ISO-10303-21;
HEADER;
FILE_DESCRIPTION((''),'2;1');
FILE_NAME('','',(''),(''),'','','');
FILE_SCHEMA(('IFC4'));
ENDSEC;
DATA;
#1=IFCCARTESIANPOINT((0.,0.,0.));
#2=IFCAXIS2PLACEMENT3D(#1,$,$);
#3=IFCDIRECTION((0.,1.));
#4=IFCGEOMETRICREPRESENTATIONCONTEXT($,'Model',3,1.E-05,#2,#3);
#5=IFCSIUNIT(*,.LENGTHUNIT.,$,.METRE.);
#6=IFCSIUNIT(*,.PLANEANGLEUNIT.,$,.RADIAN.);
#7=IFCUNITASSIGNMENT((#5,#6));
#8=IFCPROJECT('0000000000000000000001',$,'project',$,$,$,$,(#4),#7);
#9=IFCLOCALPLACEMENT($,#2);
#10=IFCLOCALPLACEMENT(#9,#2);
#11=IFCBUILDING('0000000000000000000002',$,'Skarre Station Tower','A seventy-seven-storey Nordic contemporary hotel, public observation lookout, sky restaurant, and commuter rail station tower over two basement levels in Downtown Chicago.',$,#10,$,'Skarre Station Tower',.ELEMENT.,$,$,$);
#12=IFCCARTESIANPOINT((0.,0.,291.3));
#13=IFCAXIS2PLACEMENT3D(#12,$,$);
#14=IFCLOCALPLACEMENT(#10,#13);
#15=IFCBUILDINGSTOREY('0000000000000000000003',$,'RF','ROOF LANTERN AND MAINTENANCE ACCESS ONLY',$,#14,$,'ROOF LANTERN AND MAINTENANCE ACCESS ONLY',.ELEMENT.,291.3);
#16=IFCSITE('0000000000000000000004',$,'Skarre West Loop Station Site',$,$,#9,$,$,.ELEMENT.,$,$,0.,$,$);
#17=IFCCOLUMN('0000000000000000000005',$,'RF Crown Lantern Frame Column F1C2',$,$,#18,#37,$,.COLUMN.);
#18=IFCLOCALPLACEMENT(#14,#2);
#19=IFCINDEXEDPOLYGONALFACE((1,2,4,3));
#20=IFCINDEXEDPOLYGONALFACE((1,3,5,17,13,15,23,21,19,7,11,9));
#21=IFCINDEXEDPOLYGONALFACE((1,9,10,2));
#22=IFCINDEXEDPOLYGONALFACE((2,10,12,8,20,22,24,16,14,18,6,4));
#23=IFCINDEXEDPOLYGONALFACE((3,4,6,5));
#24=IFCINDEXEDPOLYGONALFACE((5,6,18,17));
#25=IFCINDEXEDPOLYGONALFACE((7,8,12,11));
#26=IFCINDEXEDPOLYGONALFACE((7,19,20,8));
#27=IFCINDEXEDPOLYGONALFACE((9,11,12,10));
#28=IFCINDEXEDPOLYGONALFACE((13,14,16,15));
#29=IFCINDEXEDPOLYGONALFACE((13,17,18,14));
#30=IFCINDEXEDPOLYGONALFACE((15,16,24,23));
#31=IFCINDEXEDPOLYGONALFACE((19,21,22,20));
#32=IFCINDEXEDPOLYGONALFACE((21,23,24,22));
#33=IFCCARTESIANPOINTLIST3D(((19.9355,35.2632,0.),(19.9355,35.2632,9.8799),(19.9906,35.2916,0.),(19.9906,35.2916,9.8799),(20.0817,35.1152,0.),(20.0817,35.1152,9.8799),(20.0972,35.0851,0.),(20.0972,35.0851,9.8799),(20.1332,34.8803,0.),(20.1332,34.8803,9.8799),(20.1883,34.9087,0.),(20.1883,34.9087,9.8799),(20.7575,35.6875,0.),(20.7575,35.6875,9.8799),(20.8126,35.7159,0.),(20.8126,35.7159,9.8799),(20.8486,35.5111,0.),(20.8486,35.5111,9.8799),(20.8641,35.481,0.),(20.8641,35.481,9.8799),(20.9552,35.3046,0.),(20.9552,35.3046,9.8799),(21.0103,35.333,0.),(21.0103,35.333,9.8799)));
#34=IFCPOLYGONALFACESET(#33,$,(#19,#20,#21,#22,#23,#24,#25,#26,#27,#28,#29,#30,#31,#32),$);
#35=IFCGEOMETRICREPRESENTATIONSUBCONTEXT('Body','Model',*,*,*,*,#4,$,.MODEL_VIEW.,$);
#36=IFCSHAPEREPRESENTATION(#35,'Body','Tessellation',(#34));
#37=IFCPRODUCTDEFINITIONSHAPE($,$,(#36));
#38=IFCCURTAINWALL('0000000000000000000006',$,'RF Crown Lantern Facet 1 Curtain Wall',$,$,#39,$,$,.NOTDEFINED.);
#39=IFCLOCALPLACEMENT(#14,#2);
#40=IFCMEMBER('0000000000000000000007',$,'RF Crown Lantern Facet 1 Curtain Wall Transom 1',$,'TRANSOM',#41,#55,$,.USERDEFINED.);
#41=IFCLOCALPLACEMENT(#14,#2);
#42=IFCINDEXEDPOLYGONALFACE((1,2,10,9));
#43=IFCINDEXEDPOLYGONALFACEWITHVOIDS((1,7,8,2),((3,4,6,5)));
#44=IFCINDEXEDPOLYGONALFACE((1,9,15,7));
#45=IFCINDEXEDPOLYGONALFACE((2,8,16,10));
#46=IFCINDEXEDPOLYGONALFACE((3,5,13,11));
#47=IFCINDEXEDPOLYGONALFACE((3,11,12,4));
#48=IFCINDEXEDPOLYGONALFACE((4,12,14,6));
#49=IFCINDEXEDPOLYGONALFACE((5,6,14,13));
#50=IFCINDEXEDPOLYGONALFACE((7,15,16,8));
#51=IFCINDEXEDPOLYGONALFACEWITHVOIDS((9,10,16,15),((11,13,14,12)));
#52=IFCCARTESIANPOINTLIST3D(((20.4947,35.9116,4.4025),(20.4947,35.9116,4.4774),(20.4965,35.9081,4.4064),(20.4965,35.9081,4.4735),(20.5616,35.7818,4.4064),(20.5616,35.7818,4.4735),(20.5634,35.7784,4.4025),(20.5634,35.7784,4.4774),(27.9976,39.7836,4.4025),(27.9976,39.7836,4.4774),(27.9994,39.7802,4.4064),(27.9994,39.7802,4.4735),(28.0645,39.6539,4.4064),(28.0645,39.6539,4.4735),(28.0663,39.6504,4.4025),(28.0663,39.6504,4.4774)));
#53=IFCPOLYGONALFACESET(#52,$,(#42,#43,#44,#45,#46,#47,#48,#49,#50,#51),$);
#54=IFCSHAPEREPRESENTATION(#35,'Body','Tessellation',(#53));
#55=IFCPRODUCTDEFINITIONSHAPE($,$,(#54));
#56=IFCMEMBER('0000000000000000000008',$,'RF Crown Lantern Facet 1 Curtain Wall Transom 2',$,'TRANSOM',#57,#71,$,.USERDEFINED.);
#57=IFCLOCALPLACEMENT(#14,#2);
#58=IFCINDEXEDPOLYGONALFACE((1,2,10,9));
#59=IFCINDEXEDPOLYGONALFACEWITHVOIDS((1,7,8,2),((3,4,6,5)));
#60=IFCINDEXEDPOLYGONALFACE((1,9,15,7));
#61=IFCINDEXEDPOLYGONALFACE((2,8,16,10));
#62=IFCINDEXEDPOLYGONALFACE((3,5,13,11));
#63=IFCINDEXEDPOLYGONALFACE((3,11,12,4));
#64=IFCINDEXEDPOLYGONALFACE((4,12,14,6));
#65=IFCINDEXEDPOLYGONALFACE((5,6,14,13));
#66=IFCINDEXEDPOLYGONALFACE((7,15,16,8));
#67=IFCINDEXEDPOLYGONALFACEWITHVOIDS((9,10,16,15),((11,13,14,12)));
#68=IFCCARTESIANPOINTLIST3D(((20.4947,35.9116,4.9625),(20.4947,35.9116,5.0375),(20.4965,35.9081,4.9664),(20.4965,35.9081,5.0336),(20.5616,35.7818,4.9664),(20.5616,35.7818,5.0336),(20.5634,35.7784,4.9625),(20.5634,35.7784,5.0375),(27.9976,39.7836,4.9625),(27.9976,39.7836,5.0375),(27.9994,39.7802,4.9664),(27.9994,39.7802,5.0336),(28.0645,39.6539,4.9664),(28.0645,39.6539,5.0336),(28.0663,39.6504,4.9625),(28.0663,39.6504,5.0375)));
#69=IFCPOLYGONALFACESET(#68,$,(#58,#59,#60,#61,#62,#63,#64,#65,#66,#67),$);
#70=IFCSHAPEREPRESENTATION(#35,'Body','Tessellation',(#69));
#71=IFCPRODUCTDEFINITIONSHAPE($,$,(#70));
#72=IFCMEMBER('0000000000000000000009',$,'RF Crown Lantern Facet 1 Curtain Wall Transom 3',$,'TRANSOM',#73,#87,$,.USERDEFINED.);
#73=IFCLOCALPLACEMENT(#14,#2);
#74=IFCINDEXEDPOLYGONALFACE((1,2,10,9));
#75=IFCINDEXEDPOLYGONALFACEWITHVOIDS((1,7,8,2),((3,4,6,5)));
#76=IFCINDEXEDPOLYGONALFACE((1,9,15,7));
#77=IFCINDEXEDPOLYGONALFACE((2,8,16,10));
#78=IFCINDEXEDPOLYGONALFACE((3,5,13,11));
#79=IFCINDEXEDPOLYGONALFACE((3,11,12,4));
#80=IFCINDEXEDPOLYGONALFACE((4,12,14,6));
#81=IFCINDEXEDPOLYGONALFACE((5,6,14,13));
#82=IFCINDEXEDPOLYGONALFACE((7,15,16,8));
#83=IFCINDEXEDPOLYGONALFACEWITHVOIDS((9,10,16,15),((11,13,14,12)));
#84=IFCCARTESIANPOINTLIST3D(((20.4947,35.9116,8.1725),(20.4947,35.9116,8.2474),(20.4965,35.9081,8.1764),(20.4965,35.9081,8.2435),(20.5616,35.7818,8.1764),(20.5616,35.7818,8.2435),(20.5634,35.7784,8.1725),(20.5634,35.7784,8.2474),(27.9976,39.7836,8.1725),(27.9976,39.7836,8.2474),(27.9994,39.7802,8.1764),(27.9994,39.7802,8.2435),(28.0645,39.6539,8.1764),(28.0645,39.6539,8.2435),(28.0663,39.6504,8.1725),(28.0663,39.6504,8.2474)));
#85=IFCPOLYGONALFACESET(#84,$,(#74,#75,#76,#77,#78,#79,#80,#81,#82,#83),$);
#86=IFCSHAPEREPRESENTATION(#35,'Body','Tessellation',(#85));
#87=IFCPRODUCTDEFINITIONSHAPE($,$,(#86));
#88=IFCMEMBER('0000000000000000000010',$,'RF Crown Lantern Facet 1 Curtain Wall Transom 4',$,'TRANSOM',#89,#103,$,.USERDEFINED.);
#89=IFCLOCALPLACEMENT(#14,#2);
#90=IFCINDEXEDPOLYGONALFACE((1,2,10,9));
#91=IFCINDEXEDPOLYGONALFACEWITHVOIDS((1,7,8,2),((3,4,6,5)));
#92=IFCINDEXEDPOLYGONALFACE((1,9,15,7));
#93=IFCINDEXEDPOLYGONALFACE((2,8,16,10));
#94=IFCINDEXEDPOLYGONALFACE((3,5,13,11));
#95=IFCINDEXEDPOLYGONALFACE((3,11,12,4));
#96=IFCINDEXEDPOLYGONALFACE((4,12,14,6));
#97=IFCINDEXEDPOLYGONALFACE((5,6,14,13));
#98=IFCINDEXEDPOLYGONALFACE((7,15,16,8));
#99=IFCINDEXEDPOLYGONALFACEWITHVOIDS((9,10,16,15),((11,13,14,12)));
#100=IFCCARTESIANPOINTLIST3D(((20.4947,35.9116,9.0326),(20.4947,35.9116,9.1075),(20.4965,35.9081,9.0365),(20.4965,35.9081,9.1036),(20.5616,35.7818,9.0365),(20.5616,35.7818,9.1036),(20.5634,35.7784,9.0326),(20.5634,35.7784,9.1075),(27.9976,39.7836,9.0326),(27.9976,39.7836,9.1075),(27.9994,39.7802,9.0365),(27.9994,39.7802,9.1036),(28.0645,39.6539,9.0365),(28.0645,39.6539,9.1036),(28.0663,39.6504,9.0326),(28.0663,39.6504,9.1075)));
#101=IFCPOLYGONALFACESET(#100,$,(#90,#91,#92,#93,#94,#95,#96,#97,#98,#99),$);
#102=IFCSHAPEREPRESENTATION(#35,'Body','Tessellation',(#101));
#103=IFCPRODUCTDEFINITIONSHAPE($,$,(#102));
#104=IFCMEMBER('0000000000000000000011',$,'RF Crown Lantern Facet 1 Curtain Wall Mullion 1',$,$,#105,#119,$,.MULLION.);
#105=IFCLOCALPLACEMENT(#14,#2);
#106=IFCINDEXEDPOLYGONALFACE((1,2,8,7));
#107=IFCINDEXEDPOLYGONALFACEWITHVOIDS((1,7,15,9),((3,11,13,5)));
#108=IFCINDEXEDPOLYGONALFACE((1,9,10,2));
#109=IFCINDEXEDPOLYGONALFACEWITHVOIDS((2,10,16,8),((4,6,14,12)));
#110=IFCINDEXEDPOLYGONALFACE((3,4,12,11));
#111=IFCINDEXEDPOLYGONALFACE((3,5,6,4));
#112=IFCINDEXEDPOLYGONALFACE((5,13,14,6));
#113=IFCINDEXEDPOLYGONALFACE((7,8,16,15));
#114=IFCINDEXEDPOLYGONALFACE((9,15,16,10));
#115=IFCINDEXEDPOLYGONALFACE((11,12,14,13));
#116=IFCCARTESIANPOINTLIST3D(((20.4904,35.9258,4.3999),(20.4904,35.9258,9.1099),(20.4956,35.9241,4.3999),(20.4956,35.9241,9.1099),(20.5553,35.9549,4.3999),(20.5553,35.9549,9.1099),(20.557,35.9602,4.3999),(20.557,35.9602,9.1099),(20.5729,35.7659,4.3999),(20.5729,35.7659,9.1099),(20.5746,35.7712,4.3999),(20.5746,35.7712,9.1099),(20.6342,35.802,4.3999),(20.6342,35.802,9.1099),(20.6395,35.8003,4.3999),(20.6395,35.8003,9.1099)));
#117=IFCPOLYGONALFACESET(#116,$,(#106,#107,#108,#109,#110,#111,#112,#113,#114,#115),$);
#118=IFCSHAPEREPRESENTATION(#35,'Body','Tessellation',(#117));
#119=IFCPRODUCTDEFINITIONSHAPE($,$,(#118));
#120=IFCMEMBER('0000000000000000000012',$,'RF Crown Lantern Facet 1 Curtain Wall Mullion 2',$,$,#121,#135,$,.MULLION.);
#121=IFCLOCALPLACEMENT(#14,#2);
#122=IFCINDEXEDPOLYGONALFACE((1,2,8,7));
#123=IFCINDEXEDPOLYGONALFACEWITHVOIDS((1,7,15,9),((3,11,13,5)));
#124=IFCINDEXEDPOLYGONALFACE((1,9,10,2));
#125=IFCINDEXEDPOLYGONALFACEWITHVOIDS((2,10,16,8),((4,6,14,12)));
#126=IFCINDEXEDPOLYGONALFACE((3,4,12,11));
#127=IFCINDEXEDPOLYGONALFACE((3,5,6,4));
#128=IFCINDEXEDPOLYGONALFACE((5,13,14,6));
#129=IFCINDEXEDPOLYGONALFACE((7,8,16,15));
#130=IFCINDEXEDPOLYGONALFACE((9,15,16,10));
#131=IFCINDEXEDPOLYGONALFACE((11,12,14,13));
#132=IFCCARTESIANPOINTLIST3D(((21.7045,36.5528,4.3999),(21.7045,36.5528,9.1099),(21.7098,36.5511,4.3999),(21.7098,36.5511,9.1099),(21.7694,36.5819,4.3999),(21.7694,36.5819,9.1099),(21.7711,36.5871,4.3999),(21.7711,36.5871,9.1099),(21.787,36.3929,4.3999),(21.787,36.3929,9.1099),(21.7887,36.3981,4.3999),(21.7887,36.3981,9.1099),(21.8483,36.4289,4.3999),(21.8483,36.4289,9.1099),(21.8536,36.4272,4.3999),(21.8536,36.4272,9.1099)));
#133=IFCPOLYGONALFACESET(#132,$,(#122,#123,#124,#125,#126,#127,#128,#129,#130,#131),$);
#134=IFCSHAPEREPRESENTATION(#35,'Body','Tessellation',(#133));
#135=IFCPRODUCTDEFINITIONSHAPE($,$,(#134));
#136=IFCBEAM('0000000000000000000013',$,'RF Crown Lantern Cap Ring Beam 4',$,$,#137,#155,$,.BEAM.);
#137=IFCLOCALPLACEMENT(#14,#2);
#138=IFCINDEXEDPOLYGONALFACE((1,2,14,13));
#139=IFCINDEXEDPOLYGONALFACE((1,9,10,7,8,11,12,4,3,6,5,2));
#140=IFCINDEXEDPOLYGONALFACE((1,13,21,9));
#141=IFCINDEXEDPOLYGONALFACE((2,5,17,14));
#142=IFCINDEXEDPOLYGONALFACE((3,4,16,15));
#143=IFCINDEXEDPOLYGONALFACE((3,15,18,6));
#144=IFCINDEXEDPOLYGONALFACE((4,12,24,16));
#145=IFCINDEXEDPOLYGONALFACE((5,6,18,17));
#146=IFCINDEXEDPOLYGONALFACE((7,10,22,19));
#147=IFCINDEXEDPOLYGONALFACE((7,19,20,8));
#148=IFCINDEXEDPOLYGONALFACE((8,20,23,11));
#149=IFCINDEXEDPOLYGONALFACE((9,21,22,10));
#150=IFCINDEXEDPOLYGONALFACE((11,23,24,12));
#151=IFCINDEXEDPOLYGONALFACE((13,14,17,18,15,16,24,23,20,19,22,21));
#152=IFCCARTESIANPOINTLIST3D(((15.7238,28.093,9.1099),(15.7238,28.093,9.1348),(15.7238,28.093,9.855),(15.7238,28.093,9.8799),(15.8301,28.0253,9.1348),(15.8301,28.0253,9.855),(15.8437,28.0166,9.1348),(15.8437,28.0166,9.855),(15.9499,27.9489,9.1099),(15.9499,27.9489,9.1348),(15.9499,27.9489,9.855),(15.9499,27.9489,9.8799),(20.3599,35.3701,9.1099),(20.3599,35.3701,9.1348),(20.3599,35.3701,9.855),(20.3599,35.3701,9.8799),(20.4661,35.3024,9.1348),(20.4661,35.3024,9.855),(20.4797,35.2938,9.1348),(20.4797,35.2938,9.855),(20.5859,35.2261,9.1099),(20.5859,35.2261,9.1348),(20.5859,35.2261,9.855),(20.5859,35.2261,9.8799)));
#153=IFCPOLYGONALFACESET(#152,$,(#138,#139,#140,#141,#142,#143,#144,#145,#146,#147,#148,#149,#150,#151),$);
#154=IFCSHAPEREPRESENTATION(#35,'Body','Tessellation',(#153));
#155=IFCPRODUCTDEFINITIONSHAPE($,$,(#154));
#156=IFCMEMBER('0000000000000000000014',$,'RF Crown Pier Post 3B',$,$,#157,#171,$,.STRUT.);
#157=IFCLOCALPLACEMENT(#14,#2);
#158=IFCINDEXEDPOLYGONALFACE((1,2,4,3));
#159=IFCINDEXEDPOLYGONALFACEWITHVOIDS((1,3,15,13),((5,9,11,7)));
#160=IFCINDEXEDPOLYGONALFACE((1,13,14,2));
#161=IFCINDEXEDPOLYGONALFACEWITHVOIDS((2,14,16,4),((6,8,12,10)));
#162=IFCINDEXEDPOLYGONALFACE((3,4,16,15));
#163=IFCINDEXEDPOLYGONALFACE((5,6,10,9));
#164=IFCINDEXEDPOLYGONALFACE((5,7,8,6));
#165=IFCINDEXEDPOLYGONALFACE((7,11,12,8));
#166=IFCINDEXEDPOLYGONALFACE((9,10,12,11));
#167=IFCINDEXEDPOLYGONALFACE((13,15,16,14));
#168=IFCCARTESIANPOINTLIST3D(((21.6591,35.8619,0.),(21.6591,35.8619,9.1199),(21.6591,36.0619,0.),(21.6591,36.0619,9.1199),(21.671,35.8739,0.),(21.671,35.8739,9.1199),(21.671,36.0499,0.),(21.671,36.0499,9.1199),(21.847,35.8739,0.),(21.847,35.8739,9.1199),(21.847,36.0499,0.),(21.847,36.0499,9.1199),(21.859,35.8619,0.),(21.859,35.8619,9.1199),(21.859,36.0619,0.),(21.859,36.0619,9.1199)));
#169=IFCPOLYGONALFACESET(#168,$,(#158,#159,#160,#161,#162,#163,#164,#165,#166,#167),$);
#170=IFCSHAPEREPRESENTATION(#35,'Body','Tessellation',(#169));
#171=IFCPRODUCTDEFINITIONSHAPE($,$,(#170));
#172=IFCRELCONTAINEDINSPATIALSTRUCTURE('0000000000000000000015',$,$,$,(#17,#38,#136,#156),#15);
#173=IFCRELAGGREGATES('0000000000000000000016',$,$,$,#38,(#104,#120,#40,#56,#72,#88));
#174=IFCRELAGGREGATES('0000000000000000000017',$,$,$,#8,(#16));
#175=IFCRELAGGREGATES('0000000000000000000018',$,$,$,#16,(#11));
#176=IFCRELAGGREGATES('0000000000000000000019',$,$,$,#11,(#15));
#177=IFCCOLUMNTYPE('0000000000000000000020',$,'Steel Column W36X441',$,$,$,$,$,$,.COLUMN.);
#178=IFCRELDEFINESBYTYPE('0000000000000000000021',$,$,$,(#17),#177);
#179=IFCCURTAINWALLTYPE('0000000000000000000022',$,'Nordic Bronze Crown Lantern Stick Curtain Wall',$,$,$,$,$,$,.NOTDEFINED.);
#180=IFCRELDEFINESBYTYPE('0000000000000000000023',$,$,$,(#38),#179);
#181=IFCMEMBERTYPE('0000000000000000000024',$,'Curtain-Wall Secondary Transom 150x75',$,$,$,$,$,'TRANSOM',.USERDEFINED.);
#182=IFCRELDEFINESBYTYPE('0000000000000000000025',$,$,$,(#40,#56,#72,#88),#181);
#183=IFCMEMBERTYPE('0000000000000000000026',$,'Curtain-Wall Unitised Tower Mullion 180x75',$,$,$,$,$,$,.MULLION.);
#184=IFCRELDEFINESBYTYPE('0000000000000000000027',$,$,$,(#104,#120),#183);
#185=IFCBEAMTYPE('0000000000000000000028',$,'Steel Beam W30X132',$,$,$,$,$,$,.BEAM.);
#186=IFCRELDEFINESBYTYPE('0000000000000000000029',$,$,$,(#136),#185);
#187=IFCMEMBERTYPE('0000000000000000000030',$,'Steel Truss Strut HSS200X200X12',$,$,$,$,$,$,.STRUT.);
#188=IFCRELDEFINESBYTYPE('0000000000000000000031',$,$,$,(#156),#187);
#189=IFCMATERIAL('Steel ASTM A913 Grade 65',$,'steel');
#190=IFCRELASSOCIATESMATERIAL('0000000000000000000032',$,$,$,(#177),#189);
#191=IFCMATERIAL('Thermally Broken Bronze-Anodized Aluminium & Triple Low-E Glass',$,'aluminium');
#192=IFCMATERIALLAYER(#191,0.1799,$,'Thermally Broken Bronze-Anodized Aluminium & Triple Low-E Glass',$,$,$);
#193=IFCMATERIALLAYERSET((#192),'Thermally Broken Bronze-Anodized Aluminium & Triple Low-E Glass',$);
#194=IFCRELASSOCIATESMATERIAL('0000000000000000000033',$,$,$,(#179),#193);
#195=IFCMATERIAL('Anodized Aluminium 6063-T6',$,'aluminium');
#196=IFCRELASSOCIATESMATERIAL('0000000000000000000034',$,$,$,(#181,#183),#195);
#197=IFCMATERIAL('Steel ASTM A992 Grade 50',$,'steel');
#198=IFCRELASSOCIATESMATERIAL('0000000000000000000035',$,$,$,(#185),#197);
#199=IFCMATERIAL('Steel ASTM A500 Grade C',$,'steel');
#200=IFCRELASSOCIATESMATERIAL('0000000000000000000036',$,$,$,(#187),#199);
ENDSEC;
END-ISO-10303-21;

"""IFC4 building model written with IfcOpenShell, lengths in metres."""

from ifc_helpers import new_model, si_unit, direction, frame, origin, origin_2d, place, context, subcontext, project, spatial, hollow_rectangle, i_section, extrude, material, layer, layer_set, material_profile, profile_set, type_object, element, aggregate, save


model = new_model("IFC4")

# Units and contexts
model_context = context("Model", 3, precision=1e-05, world=origin(), true_north=direction((0.0, 1.0)))
body_context = subcontext(model_context, "Body", "Model", "MODEL_VIEW")
ifc_project = project(units=[si_unit("LENGTHUNIT", "METRE"), si_unit("PLANEANGLEUNIT", "RADIAN")], contexts=[model_context])

# Site, building, storey
site_placement = place(None, origin())
site = spatial("IfcSite", under=ifc_project, at=site_placement, Name="Skarre West Loop Station Site", CompositionType="ELEMENT", RefElevation=0.0)
building_placement = place(site_placement, origin())
building = spatial("IfcBuilding", under=site, at=building_placement, Name="Skarre Station Tower", Description="A seventy-seven-storey Nordic contemporary hotel, public observation lookout, sky restaurant, and commuter rail station tower over two basement levels in Downtown Chicago.", LongName="Skarre Station Tower", CompositionType="ELEMENT")
storey_placement = place(building_placement, frame((0.0, 0.0, 291.3)))
storey = spatial("IfcBuildingStorey", under=building, at=storey_placement, Name="RF", Description="ROOF LANTERN AND MAINTENANCE ACCESS ONLY", LongName="ROOF LANTERN AND MAINTENANCE ACCESS ONLY", CompositionType="ELEMENT", Elevation=291.3)

# Column
ifc_material_1 = material(Name="Steel ASTM A913 Grade 65", Category="steel")
ifc_material_profile_1 = material_profile(ifc_material_1, i_section(OverallWidth=0.4309, OverallDepth=0.9871, WebThickness=0.0339, FlangeThickness=0.062, at=origin_2d()), Name="Steel ASTM A913 Grade 65")
ifc_profile_set_1 = profile_set([ifc_material_profile_1], Name="Steel ASTM A913 Grade 65")
column_type = type_object("IfcColumnType", Name="Steel Column W36X441", PredefinedType="COLUMN", material=ifc_profile_set_1)
column_placement = place(storey_placement, frame((20.4729, 35.2981, 0.0), z_axis=(0.0, 0.0, 1.0), x_axis=(-0.458712, 0.888585, 0.0)))
element("IfcColumn", 1, at=column_placement, inside=storey, type_object=column_type, Name="RF Crown Lantern Frame Column F1C2", PredefinedType="COLUMN", context=body_context, shape_type="SweptSolid", body=[
    extrude(i_section(OverallWidth=0.4309, OverallDepth=0.9871, WebThickness=0.0339, FlangeThickness=0.062, at=origin_2d()), origin(), (0.0, 0.0, 1.0), 9.8799),
])

# Curtain wall, members
ifc_material_2 = material(Name="Thermally Broken Bronze-Anodized Aluminium & Triple Low-E Glass", Category="aluminium")
ifc_layer_1 = layer(ifc_material_2, 0.1799, Name="Thermally Broken Bronze-Anodized Aluminium & Triple Low-E Glass")
ifc_layer_set_1 = layer_set([ifc_layer_1], Name="Thermally Broken Bronze-Anodized Aluminium & Triple Low-E Glass")
curtain_wall_type = type_object("IfcCurtainWallType", Name="Nordic Bronze Crown Lantern Stick Curtain Wall", PredefinedType="NOTDEFINED", material=ifc_layer_set_1)
curtain_wall_placement = place(storey_placement, origin())
curtain_wall = element("IfcCurtainWall", 2, at=curtain_wall_placement, inside=storey, type_object=curtain_wall_type, Name="RF Crown Lantern Facet 1 Curtain Wall", PredefinedType="NOTDEFINED")
ifc_material_3 = material(Name="Anodized Aluminium 6063-T6", Category="aluminium")
ifc_material_profile_2 = material_profile(ifc_material_3, hollow_rectangle(XDim=0.075, YDim=0.1499, WallThickness=0.0039, at=origin_2d()), Name="Anodized Aluminium 6063-T6")
ifc_profile_set_2 = profile_set([ifc_material_profile_2], Name="Anodized Aluminium 6063-T6")
member_type_1 = type_object("IfcMemberType", Name="Curtain-Wall Secondary Transom 150x75", ElementType="TRANSOM", PredefinedType="USERDEFINED", material=ifc_profile_set_2)
member_1_placement = place(storey_placement, frame((20.5291, 35.845, 4.4399), z_axis=(0.88864, 0.458605, 0.0), x_axis=(0.0, 0.0, 1.0)))
member_1 = element("IfcMember", 3, at=member_1_placement, type_object=member_type_1, Name="RF Crown Lantern Facet 1 Curtain Wall Transom 1", ObjectType="TRANSOM", PredefinedType="USERDEFINED", context=body_context, shape_type="SweptSolid", body=[
    extrude(hollow_rectangle(XDim=0.075, YDim=0.1499, WallThickness=0.0039, at=origin_2d()), origin(), (0.0, 0.0, 1.0), 8.4431),
])
member_2_placement = place(storey_placement, frame((20.5291, 35.845, 5.0), z_axis=(0.88864, 0.458605, 0.0), x_axis=(0.0, 0.0, 1.0)))
member_2 = element("IfcMember", 4, at=member_2_placement, type_object=member_type_1, Name="RF Crown Lantern Facet 1 Curtain Wall Transom 2", ObjectType="TRANSOM", PredefinedType="USERDEFINED", context=body_context, shape_type="SweptSolid", body=[
    extrude(hollow_rectangle(XDim=0.075, YDim=0.1499, WallThickness=0.0039, at=origin_2d()), origin(), (0.0, 0.0, 1.0), 8.4431),
])
member_3_placement = place(storey_placement, frame((20.5291, 35.845, 8.21), z_axis=(0.88864, 0.458605, 0.0), x_axis=(0.0, 0.0, 1.0)))
member_3 = element("IfcMember", 5, at=member_3_placement, type_object=member_type_1, Name="RF Crown Lantern Facet 1 Curtain Wall Transom 3", ObjectType="TRANSOM", PredefinedType="USERDEFINED", context=body_context, shape_type="SweptSolid", body=[
    extrude(hollow_rectangle(XDim=0.075, YDim=0.1499, WallThickness=0.0039, at=origin_2d()), origin(), (0.0, 0.0, 1.0), 8.4431),
])
member_4_placement = place(storey_placement, frame((20.5291, 35.845, 9.0701), z_axis=(0.88864, 0.458605, 0.0), x_axis=(0.0, 0.0, 1.0)))
member_4 = element("IfcMember", 6, at=member_4_placement, type_object=member_type_1, Name="RF Crown Lantern Facet 1 Curtain Wall Transom 4", ObjectType="TRANSOM", PredefinedType="USERDEFINED", context=body_context, shape_type="SweptSolid", body=[
    extrude(hollow_rectangle(XDim=0.075, YDim=0.1499, WallThickness=0.0039, at=origin_2d()), origin(), (0.0, 0.0, 1.0), 8.4431),
])
ifc_material_profile_3 = material_profile(ifc_material_3, hollow_rectangle(XDim=0.075, YDim=0.1799, WallThickness=0.0039, at=origin_2d()), Name="Anodized Aluminium 6063-T6")
ifc_profile_set_3 = profile_set([ifc_material_profile_3], Name="Anodized Aluminium 6063-T6")
member_type_2 = type_object("IfcMemberType", Name="Curtain-Wall Unitised Tower Mullion 180x75", PredefinedType="MULLION", material=ifc_profile_set_3)
member_5_placement = place(storey_placement, frame((20.5649, 35.863, 4.3999), z_axis=(0.0, 0.0, 1.0), x_axis=(0.888649, 0.458588, 0.0)))
member_5 = element("IfcMember", 7, at=member_5_placement, type_object=member_type_2, Name="RF Crown Lantern Facet 1 Curtain Wall Mullion 1", PredefinedType="MULLION", context=body_context, shape_type="SweptSolid", body=[
    extrude(hollow_rectangle(XDim=0.075, YDim=0.1799, WallThickness=0.0039, at=origin_2d()), origin(), (0.0, 0.0, 1.0), 4.71),
])
member_6_placement = place(storey_placement, frame((21.7791, 36.49, 4.3999), z_axis=(0.0, 0.0, 1.0), x_axis=(0.888649, 0.458588, 0.0)))
member_6 = element("IfcMember", 8, at=member_6_placement, type_object=member_type_2, Name="RF Crown Lantern Facet 1 Curtain Wall Mullion 2", PredefinedType="MULLION", context=body_context, shape_type="SweptSolid", body=[
    extrude(hollow_rectangle(XDim=0.075, YDim=0.1799, WallThickness=0.0039, at=origin_2d()), origin(), (0.0, 0.0, 1.0), 4.71),
])

# Beam
ifc_material_4 = material(Name="Steel ASTM A992 Grade 50", Category="steel")
ifc_material_profile_4 = material_profile(ifc_material_4, i_section(OverallWidth=0.2681, OverallDepth=0.77, WebThickness=0.0161, FlangeThickness=0.0249, at=origin_2d()), Name="Steel ASTM A992 Grade 50")
ifc_profile_set_4 = profile_set([ifc_material_profile_4], Name="Steel ASTM A992 Grade 50")
beam_type = type_object("IfcBeamType", Name="Steel Beam W30X132", PredefinedType="BEAM", material=ifc_profile_set_4)
beam_placement = place(storey_placement, frame((20.4729, 35.2981, 9.4949), z_axis=(-0.537297, -0.843393, 0.0), x_axis=(0.843393, -0.537297, 0.0)))
element("IfcBeam", 9, at=beam_placement, inside=storey, type_object=beam_type, Name="RF Crown Lantern Cap Ring Beam 4", PredefinedType="BEAM", context=body_context, shape_type="SweptSolid", body=[
    extrude(i_section(OverallWidth=0.2681, OverallDepth=0.77, WebThickness=0.0161, FlangeThickness=0.0249, at=origin_2d()), origin(), (0.0, 0.0, 1.0), 8.6284),
])

# Member
ifc_material_5 = material(Name="Steel ASTM A500 Grade C", Category="steel")
ifc_material_profile_5 = material_profile(ifc_material_5, hollow_rectangle(XDim=0.2, YDim=0.2, WallThickness=0.012, at=origin_2d()), Name="Steel ASTM A500 Grade C")
ifc_profile_set_5 = profile_set([ifc_material_profile_5], Name="Steel ASTM A500 Grade C")
member_type_3 = type_object("IfcMemberType", Name="Steel Truss Strut HSS200X200X12", PredefinedType="STRUT", material=ifc_profile_set_5)
member_7_placement = place(storey_placement, frame((21.759, 35.9619, 0.0), z_axis=(0.0, 0.0, 1.0), x_axis=(1.0, 0.0, 0.0)))
element("IfcMember", 10, at=member_7_placement, inside=storey, type_object=member_type_3, Name="RF Crown Pier Post 3B", PredefinedType="STRUT", context=body_context, shape_type="SweptSolid", body=[
    extrude(hollow_rectangle(XDim=0.2, YDim=0.2, WallThickness=0.012, at=origin_2d()), origin(), (0.0, 0.0, 1.0), 9.1199),
])

aggregate(curtain_wall, [member_5, member_6, member_1, member_2, member_3, member_4])

save(model, "model.ifc")
